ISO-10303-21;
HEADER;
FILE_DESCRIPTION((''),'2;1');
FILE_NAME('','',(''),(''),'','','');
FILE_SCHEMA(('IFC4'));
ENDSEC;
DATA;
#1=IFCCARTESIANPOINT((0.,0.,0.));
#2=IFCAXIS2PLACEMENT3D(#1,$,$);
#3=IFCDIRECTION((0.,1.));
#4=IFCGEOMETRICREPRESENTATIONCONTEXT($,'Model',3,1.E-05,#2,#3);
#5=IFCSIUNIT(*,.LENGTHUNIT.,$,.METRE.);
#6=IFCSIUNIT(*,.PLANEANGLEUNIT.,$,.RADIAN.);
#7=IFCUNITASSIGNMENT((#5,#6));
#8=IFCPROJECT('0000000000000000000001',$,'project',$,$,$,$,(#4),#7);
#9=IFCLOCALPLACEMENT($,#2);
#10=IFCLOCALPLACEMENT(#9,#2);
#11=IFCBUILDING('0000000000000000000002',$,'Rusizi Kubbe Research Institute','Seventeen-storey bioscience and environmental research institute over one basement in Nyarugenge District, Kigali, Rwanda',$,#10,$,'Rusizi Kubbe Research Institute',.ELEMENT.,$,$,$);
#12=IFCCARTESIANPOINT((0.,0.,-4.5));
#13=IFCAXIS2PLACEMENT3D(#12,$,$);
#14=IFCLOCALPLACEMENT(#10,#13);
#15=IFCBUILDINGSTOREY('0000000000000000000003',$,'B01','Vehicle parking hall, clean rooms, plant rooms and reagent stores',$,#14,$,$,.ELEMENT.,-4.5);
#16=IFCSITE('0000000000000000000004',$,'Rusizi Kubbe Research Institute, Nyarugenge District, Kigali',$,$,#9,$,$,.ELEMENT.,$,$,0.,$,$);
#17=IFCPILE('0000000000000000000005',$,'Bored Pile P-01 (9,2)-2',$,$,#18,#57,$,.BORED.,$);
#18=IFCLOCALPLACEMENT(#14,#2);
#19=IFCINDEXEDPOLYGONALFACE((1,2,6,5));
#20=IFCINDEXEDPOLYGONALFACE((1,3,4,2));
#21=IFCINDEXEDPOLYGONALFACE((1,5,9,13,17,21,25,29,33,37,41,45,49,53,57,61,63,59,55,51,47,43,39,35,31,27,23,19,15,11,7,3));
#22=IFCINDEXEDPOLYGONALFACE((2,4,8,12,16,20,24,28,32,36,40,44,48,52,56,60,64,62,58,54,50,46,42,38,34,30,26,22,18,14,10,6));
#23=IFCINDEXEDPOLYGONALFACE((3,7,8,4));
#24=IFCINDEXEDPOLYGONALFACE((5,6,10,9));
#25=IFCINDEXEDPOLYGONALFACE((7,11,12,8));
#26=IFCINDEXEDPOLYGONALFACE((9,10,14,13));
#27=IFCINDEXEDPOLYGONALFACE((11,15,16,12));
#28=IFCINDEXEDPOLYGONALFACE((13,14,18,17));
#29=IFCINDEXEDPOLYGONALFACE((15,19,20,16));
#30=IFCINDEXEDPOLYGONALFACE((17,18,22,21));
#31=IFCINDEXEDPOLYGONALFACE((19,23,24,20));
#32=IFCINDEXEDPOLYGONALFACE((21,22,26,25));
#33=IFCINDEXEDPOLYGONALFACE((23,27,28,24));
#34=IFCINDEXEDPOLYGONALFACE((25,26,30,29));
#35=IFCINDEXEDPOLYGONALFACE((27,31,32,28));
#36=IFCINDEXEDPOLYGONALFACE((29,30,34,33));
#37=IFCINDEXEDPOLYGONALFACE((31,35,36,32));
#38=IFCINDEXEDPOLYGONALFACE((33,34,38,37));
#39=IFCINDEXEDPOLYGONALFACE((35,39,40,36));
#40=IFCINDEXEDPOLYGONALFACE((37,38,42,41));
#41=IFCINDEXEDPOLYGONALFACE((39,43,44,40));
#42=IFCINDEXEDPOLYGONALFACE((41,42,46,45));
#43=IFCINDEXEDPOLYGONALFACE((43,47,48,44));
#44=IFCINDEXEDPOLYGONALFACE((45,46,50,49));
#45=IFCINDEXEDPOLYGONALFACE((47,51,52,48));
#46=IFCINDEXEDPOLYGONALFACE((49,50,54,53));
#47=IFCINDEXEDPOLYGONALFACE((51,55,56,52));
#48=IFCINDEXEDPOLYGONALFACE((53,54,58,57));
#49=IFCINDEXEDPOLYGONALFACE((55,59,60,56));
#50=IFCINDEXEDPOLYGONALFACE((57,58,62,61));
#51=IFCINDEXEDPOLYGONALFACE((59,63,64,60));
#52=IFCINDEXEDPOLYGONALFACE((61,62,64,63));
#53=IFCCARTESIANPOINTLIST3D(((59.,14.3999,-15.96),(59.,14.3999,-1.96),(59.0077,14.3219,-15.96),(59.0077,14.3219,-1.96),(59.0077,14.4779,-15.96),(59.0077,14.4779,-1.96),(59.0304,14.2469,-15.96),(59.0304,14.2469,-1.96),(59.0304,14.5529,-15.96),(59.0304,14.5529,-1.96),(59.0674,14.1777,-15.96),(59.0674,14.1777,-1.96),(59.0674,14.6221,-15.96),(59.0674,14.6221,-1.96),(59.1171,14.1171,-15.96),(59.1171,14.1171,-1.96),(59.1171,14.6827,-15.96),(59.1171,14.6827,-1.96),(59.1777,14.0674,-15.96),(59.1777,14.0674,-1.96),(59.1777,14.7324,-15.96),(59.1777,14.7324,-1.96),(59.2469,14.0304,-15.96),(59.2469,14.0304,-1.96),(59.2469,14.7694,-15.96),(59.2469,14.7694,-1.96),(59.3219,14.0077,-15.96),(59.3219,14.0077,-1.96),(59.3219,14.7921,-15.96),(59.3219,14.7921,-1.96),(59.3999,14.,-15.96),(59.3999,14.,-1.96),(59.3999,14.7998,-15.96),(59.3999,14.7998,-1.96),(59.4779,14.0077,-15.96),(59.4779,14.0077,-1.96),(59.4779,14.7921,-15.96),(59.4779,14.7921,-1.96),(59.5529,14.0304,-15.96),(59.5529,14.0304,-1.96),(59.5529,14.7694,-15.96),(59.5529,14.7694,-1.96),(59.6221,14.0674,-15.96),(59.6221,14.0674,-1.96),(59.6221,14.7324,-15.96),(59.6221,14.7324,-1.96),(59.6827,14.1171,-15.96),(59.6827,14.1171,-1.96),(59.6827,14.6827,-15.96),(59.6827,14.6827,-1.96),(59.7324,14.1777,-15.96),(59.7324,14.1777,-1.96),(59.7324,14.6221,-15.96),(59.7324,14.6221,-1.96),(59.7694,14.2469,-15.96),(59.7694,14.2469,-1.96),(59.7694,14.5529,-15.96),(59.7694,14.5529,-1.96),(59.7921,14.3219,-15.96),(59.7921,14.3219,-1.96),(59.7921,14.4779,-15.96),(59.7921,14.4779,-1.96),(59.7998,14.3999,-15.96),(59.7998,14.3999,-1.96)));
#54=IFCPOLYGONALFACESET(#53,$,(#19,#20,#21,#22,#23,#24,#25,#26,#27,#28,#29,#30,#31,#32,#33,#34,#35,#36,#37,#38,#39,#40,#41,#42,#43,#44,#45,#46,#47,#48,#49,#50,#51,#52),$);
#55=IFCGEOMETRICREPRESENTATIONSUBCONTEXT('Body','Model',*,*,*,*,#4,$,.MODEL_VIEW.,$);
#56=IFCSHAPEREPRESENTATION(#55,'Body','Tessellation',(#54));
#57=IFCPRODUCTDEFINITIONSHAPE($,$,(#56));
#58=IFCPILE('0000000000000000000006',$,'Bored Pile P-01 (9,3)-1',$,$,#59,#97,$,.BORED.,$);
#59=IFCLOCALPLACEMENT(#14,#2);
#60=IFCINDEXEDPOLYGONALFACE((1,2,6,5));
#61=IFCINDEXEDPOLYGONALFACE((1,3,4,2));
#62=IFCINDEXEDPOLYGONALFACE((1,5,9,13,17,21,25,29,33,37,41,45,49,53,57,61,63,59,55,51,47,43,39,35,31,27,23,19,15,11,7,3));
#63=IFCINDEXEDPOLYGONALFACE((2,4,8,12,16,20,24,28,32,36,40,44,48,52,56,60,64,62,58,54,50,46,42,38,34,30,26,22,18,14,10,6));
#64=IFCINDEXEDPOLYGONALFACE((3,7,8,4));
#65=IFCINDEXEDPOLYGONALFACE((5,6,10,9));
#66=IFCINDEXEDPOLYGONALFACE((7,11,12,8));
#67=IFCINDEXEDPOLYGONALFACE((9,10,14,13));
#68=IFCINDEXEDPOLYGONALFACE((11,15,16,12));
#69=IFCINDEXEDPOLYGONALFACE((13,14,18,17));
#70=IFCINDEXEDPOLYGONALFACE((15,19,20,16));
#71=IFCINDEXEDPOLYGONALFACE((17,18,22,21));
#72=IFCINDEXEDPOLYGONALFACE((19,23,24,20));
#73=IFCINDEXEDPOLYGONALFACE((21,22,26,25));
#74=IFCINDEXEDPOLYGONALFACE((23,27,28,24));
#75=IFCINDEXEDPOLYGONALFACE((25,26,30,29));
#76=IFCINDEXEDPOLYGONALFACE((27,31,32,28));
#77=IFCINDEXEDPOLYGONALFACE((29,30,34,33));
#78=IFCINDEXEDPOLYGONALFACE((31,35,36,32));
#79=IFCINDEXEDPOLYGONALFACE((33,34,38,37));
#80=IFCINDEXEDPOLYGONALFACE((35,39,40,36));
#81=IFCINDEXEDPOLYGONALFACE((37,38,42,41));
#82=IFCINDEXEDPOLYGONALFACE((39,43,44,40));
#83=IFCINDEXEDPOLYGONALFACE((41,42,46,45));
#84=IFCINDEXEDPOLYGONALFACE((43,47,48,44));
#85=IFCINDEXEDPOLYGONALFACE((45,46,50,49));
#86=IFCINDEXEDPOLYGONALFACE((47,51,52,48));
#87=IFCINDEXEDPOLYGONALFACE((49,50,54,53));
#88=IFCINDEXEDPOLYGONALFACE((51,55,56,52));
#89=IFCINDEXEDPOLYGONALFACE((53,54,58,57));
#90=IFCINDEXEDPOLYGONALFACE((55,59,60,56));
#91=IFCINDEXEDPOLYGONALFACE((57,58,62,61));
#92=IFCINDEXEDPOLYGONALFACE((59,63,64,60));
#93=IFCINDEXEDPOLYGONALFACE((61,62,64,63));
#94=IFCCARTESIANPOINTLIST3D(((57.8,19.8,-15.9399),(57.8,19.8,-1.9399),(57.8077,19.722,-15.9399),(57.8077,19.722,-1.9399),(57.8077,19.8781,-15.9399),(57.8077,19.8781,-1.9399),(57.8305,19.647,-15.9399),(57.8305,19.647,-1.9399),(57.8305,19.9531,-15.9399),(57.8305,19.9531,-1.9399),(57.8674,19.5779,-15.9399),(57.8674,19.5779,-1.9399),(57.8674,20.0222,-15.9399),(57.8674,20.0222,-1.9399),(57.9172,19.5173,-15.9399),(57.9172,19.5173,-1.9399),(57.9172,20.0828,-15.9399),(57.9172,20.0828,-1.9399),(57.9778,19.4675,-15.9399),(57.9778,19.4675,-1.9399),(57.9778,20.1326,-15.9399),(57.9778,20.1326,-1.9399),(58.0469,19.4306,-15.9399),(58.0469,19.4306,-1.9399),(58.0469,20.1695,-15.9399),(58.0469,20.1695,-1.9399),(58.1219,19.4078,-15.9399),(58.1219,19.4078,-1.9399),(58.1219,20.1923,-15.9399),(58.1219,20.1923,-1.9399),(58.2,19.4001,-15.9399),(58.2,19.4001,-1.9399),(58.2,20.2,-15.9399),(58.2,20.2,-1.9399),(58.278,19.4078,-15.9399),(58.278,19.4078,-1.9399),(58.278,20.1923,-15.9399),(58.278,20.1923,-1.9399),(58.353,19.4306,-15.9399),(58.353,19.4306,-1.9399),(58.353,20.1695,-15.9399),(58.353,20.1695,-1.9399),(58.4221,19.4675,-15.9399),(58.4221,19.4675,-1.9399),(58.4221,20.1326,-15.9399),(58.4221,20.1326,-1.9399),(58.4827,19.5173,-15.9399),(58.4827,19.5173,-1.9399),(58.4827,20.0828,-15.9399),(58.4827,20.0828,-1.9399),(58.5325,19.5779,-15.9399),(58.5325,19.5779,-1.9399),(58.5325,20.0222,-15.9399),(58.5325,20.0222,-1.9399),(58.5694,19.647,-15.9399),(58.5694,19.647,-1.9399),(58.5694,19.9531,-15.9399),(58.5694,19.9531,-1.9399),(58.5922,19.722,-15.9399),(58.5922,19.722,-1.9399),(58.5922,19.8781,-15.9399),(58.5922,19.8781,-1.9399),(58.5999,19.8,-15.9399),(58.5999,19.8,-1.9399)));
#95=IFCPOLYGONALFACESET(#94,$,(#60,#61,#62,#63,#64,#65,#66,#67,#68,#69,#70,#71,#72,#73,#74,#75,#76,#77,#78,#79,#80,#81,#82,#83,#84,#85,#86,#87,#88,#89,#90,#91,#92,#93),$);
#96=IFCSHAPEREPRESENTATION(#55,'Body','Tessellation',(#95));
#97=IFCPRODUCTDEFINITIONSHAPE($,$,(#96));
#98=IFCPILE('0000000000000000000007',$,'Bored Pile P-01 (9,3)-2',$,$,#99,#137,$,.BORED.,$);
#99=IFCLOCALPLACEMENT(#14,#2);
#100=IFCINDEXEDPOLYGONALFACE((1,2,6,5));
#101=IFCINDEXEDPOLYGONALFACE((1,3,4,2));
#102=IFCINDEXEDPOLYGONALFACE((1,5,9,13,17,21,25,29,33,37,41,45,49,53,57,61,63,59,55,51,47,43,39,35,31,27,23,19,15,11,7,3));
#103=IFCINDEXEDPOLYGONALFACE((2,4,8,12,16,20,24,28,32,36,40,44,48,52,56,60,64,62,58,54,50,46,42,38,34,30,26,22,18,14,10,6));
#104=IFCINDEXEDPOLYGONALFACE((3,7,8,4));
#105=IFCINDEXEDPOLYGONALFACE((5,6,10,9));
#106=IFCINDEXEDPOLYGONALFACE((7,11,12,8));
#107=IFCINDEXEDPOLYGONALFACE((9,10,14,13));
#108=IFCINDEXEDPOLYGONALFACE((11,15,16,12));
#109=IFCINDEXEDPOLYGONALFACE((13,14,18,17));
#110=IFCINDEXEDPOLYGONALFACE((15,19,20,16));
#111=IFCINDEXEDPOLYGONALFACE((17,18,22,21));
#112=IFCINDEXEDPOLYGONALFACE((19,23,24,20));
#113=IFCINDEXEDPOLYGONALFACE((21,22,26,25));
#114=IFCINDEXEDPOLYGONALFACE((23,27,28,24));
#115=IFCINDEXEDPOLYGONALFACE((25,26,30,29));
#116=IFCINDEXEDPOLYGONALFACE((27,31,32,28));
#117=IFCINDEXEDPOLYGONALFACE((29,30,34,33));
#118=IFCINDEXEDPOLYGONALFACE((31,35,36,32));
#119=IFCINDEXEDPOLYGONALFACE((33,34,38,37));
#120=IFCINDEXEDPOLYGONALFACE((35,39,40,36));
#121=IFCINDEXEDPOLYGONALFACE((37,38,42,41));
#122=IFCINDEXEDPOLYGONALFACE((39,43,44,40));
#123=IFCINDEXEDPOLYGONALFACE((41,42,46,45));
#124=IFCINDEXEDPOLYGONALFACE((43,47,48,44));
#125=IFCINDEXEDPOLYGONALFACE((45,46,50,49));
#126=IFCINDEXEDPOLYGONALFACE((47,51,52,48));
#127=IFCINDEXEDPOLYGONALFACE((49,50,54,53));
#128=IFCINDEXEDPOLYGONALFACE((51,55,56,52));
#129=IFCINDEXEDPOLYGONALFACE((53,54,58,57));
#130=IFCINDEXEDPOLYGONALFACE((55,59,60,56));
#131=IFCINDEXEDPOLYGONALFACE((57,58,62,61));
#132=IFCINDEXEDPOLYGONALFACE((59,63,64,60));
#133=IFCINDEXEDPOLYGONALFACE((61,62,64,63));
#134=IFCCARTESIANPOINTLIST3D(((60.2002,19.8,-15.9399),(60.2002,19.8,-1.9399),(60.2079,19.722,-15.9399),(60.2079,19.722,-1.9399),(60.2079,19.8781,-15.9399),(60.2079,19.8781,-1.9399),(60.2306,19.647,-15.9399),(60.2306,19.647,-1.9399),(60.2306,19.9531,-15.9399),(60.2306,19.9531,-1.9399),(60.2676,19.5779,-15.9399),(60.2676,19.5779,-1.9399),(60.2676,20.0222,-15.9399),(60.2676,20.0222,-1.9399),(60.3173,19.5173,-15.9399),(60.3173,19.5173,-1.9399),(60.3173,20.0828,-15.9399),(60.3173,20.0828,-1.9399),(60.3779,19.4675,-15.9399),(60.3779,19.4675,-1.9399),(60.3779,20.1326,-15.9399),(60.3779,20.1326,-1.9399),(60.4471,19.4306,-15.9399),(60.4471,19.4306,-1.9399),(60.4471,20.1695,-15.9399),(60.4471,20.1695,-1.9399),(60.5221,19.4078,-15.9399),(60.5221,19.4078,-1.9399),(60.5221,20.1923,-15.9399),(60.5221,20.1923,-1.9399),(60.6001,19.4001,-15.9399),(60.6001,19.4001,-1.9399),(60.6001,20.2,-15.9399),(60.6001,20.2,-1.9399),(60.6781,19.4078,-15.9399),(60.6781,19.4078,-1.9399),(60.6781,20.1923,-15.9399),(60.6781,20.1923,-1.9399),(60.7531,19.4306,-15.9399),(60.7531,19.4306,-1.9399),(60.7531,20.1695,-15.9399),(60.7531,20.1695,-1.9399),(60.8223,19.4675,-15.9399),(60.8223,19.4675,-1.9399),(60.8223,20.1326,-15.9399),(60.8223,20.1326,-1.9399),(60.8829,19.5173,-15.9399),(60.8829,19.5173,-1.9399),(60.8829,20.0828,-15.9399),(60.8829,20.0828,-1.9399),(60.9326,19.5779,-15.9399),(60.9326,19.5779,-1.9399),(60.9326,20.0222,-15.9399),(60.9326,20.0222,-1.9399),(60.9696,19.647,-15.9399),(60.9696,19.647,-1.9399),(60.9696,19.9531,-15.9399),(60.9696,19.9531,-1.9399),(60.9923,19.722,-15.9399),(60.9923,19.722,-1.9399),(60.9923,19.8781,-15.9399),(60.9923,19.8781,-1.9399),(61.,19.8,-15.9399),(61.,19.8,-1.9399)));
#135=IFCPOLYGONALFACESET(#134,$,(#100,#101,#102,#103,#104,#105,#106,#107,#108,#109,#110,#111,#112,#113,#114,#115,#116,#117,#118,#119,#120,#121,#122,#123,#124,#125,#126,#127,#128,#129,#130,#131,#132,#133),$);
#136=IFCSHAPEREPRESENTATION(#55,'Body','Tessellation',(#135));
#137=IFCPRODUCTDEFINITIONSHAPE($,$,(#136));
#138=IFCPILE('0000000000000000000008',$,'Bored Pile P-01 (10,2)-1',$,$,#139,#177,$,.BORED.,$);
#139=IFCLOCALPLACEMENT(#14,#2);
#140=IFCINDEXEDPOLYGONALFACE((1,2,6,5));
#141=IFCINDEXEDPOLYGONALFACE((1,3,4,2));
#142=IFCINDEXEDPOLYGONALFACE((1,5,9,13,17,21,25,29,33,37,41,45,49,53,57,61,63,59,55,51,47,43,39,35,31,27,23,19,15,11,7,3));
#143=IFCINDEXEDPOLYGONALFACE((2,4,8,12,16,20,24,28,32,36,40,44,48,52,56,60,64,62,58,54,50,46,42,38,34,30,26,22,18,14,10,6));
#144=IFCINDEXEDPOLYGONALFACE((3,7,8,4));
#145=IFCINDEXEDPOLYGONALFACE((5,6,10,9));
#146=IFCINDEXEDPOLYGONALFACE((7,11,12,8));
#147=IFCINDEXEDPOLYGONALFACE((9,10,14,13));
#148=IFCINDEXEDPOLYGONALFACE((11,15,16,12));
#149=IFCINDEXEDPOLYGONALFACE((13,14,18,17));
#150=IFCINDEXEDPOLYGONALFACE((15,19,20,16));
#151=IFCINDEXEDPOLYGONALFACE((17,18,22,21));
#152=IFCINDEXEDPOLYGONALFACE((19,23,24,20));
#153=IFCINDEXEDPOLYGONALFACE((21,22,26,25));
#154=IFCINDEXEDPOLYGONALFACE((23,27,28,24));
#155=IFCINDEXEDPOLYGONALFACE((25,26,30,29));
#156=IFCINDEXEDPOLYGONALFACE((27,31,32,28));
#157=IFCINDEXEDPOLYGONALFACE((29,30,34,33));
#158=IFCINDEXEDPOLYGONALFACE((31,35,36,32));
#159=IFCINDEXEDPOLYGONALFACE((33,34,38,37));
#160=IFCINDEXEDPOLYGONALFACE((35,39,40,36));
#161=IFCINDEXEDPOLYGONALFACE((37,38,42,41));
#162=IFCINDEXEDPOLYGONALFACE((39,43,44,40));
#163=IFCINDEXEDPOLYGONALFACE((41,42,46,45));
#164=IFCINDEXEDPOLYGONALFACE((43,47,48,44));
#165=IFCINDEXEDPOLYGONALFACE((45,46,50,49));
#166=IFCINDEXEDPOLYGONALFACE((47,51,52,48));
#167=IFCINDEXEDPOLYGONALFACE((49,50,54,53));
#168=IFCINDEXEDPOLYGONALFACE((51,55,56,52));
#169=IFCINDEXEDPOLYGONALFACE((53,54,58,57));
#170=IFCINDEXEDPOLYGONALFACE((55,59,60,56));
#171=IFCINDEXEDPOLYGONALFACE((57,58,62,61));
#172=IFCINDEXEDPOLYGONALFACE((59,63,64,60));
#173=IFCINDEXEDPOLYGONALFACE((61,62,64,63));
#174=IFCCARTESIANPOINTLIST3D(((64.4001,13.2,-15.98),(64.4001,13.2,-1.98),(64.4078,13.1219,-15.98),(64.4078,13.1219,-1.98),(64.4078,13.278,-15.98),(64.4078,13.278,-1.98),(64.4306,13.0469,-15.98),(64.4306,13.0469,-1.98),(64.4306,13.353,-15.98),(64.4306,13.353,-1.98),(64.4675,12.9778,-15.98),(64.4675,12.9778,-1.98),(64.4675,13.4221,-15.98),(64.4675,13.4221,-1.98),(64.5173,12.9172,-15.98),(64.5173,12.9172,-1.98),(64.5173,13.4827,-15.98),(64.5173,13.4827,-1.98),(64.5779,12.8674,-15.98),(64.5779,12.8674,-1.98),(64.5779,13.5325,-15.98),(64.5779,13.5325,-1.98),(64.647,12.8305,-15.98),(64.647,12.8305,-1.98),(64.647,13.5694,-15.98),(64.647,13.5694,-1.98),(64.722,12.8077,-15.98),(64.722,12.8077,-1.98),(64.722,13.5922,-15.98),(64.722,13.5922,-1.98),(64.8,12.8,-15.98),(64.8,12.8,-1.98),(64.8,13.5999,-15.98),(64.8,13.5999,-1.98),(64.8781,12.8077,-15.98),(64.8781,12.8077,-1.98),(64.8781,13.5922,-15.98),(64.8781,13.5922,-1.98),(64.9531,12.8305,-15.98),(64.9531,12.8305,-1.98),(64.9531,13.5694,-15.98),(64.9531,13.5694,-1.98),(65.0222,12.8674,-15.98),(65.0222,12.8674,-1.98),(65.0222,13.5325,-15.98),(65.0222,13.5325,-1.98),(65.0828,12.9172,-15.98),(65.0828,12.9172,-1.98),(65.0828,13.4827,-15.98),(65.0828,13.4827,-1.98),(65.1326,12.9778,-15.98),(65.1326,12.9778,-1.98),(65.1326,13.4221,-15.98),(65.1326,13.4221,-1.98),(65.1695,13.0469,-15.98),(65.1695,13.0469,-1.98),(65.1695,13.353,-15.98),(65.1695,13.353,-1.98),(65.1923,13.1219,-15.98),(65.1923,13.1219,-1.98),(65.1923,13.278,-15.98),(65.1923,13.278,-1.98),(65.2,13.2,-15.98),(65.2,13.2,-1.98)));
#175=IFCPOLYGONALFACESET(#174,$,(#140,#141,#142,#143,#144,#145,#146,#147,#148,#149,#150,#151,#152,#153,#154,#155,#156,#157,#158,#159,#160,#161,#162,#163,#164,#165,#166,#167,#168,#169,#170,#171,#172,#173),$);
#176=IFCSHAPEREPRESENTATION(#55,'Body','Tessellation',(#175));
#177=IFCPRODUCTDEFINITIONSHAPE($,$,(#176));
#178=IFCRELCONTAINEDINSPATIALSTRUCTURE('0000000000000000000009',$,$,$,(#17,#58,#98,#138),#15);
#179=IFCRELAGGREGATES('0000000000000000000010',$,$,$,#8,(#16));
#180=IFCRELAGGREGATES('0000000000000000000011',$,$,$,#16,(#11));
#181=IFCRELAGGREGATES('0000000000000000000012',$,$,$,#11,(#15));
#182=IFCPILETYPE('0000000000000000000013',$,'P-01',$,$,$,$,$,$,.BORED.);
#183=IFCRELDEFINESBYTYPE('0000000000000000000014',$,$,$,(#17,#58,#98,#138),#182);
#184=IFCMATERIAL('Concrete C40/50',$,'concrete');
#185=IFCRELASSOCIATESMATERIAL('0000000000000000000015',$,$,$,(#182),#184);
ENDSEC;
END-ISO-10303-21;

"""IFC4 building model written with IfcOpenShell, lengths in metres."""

from ifc_helpers import new_model, si_unit, direction, frame, origin, origin_2d, place, context, subcontext, project, spatial, circle, extrude, material, material_profile, profile_set, type_object, element, save


model = new_model("IFC4")

# Units and contexts
model_context = context("Model", 3, precision=1e-05, world=origin(), true_north=direction((0.0, 1.0)))
body_context = subcontext(model_context, "Body", "Model", "MODEL_VIEW")
ifc_project = project(units=[si_unit("LENGTHUNIT", "METRE"), si_unit("PLANEANGLEUNIT", "RADIAN")], contexts=[model_context])

# Site, building, storey
site_placement = place(None, origin())
site = spatial("IfcSite", under=ifc_project, at=site_placement, Name="Rusizi Kubbe Research Institute, Nyarugenge District, Kigali", CompositionType="ELEMENT", RefElevation=0.0)
building_placement = place(site_placement, origin())
building = spatial("IfcBuilding", under=site, at=building_placement, Name="Rusizi Kubbe Research Institute", Description="Seventeen-storey bioscience and environmental research institute over one basement in Nyarugenge District, Kigali, Rwanda", LongName="Rusizi Kubbe Research Institute", CompositionType="ELEMENT")
storey_placement = place(building_placement, frame((0.0, 0.0, -4.5)))
storey = spatial("IfcBuildingStorey", under=building, at=storey_placement, Name="B01", Description="Vehicle parking hall, clean rooms, plant rooms and reagent stores", CompositionType="ELEMENT", Elevation=-4.5)

# Piles
ifc_material_1 = material(Name="Concrete C40/50", Category="concrete")
ifc_material_profile_1 = material_profile(ifc_material_1, circle(Radius=0.3999, at=origin_2d()), Name="PILE-D800")
ifc_profile_set_1 = profile_set([ifc_material_profile_1], Name="Concrete C40/50")
pile_type_1 = type_object("IfcPileType", Name="P-01", PredefinedType="BORED", material=ifc_profile_set_1)
for number, where, z_axis, x_axis, name in (
    (1, (59.3999, 14.3999, -1.96), (0.0, 0.0, -1.0), (1.0, 0.0, 0.0), "Bored Pile P-01 (9,2)-2"),
    (2, (58.2, 19.8, -1.9399), (0.0, 0.0, -1.0), (1.0, 0.0, 0.0), "Bored Pile P-01 (9,3)-1"),
    (3, (60.6001, 19.8, -1.9399), (0.0, 0.0, -1.0), (1.0, 0.0, 0.0), "Bored Pile P-01 (9,3)-2"),
    (4, (64.8, 13.2, -1.98), (0.0, 0.0, -1.0), (1.0, 0.0, 0.0), "Bored Pile P-01 (10,2)-1"),
):
    element("IfcPile", number, at=place(storey_placement, frame(where, z_axis=z_axis, x_axis=x_axis)), inside=storey, type_object=pile_type_1, Name=name, PredefinedType="BORED", context=body_context, shape_type="SweptSolid", body=[
        extrude(circle(Radius=0.3999, at=origin_2d()), origin(), (0.0, 0.0, 1.0), 14.0),
    ])

save(model, "model.ifc")
